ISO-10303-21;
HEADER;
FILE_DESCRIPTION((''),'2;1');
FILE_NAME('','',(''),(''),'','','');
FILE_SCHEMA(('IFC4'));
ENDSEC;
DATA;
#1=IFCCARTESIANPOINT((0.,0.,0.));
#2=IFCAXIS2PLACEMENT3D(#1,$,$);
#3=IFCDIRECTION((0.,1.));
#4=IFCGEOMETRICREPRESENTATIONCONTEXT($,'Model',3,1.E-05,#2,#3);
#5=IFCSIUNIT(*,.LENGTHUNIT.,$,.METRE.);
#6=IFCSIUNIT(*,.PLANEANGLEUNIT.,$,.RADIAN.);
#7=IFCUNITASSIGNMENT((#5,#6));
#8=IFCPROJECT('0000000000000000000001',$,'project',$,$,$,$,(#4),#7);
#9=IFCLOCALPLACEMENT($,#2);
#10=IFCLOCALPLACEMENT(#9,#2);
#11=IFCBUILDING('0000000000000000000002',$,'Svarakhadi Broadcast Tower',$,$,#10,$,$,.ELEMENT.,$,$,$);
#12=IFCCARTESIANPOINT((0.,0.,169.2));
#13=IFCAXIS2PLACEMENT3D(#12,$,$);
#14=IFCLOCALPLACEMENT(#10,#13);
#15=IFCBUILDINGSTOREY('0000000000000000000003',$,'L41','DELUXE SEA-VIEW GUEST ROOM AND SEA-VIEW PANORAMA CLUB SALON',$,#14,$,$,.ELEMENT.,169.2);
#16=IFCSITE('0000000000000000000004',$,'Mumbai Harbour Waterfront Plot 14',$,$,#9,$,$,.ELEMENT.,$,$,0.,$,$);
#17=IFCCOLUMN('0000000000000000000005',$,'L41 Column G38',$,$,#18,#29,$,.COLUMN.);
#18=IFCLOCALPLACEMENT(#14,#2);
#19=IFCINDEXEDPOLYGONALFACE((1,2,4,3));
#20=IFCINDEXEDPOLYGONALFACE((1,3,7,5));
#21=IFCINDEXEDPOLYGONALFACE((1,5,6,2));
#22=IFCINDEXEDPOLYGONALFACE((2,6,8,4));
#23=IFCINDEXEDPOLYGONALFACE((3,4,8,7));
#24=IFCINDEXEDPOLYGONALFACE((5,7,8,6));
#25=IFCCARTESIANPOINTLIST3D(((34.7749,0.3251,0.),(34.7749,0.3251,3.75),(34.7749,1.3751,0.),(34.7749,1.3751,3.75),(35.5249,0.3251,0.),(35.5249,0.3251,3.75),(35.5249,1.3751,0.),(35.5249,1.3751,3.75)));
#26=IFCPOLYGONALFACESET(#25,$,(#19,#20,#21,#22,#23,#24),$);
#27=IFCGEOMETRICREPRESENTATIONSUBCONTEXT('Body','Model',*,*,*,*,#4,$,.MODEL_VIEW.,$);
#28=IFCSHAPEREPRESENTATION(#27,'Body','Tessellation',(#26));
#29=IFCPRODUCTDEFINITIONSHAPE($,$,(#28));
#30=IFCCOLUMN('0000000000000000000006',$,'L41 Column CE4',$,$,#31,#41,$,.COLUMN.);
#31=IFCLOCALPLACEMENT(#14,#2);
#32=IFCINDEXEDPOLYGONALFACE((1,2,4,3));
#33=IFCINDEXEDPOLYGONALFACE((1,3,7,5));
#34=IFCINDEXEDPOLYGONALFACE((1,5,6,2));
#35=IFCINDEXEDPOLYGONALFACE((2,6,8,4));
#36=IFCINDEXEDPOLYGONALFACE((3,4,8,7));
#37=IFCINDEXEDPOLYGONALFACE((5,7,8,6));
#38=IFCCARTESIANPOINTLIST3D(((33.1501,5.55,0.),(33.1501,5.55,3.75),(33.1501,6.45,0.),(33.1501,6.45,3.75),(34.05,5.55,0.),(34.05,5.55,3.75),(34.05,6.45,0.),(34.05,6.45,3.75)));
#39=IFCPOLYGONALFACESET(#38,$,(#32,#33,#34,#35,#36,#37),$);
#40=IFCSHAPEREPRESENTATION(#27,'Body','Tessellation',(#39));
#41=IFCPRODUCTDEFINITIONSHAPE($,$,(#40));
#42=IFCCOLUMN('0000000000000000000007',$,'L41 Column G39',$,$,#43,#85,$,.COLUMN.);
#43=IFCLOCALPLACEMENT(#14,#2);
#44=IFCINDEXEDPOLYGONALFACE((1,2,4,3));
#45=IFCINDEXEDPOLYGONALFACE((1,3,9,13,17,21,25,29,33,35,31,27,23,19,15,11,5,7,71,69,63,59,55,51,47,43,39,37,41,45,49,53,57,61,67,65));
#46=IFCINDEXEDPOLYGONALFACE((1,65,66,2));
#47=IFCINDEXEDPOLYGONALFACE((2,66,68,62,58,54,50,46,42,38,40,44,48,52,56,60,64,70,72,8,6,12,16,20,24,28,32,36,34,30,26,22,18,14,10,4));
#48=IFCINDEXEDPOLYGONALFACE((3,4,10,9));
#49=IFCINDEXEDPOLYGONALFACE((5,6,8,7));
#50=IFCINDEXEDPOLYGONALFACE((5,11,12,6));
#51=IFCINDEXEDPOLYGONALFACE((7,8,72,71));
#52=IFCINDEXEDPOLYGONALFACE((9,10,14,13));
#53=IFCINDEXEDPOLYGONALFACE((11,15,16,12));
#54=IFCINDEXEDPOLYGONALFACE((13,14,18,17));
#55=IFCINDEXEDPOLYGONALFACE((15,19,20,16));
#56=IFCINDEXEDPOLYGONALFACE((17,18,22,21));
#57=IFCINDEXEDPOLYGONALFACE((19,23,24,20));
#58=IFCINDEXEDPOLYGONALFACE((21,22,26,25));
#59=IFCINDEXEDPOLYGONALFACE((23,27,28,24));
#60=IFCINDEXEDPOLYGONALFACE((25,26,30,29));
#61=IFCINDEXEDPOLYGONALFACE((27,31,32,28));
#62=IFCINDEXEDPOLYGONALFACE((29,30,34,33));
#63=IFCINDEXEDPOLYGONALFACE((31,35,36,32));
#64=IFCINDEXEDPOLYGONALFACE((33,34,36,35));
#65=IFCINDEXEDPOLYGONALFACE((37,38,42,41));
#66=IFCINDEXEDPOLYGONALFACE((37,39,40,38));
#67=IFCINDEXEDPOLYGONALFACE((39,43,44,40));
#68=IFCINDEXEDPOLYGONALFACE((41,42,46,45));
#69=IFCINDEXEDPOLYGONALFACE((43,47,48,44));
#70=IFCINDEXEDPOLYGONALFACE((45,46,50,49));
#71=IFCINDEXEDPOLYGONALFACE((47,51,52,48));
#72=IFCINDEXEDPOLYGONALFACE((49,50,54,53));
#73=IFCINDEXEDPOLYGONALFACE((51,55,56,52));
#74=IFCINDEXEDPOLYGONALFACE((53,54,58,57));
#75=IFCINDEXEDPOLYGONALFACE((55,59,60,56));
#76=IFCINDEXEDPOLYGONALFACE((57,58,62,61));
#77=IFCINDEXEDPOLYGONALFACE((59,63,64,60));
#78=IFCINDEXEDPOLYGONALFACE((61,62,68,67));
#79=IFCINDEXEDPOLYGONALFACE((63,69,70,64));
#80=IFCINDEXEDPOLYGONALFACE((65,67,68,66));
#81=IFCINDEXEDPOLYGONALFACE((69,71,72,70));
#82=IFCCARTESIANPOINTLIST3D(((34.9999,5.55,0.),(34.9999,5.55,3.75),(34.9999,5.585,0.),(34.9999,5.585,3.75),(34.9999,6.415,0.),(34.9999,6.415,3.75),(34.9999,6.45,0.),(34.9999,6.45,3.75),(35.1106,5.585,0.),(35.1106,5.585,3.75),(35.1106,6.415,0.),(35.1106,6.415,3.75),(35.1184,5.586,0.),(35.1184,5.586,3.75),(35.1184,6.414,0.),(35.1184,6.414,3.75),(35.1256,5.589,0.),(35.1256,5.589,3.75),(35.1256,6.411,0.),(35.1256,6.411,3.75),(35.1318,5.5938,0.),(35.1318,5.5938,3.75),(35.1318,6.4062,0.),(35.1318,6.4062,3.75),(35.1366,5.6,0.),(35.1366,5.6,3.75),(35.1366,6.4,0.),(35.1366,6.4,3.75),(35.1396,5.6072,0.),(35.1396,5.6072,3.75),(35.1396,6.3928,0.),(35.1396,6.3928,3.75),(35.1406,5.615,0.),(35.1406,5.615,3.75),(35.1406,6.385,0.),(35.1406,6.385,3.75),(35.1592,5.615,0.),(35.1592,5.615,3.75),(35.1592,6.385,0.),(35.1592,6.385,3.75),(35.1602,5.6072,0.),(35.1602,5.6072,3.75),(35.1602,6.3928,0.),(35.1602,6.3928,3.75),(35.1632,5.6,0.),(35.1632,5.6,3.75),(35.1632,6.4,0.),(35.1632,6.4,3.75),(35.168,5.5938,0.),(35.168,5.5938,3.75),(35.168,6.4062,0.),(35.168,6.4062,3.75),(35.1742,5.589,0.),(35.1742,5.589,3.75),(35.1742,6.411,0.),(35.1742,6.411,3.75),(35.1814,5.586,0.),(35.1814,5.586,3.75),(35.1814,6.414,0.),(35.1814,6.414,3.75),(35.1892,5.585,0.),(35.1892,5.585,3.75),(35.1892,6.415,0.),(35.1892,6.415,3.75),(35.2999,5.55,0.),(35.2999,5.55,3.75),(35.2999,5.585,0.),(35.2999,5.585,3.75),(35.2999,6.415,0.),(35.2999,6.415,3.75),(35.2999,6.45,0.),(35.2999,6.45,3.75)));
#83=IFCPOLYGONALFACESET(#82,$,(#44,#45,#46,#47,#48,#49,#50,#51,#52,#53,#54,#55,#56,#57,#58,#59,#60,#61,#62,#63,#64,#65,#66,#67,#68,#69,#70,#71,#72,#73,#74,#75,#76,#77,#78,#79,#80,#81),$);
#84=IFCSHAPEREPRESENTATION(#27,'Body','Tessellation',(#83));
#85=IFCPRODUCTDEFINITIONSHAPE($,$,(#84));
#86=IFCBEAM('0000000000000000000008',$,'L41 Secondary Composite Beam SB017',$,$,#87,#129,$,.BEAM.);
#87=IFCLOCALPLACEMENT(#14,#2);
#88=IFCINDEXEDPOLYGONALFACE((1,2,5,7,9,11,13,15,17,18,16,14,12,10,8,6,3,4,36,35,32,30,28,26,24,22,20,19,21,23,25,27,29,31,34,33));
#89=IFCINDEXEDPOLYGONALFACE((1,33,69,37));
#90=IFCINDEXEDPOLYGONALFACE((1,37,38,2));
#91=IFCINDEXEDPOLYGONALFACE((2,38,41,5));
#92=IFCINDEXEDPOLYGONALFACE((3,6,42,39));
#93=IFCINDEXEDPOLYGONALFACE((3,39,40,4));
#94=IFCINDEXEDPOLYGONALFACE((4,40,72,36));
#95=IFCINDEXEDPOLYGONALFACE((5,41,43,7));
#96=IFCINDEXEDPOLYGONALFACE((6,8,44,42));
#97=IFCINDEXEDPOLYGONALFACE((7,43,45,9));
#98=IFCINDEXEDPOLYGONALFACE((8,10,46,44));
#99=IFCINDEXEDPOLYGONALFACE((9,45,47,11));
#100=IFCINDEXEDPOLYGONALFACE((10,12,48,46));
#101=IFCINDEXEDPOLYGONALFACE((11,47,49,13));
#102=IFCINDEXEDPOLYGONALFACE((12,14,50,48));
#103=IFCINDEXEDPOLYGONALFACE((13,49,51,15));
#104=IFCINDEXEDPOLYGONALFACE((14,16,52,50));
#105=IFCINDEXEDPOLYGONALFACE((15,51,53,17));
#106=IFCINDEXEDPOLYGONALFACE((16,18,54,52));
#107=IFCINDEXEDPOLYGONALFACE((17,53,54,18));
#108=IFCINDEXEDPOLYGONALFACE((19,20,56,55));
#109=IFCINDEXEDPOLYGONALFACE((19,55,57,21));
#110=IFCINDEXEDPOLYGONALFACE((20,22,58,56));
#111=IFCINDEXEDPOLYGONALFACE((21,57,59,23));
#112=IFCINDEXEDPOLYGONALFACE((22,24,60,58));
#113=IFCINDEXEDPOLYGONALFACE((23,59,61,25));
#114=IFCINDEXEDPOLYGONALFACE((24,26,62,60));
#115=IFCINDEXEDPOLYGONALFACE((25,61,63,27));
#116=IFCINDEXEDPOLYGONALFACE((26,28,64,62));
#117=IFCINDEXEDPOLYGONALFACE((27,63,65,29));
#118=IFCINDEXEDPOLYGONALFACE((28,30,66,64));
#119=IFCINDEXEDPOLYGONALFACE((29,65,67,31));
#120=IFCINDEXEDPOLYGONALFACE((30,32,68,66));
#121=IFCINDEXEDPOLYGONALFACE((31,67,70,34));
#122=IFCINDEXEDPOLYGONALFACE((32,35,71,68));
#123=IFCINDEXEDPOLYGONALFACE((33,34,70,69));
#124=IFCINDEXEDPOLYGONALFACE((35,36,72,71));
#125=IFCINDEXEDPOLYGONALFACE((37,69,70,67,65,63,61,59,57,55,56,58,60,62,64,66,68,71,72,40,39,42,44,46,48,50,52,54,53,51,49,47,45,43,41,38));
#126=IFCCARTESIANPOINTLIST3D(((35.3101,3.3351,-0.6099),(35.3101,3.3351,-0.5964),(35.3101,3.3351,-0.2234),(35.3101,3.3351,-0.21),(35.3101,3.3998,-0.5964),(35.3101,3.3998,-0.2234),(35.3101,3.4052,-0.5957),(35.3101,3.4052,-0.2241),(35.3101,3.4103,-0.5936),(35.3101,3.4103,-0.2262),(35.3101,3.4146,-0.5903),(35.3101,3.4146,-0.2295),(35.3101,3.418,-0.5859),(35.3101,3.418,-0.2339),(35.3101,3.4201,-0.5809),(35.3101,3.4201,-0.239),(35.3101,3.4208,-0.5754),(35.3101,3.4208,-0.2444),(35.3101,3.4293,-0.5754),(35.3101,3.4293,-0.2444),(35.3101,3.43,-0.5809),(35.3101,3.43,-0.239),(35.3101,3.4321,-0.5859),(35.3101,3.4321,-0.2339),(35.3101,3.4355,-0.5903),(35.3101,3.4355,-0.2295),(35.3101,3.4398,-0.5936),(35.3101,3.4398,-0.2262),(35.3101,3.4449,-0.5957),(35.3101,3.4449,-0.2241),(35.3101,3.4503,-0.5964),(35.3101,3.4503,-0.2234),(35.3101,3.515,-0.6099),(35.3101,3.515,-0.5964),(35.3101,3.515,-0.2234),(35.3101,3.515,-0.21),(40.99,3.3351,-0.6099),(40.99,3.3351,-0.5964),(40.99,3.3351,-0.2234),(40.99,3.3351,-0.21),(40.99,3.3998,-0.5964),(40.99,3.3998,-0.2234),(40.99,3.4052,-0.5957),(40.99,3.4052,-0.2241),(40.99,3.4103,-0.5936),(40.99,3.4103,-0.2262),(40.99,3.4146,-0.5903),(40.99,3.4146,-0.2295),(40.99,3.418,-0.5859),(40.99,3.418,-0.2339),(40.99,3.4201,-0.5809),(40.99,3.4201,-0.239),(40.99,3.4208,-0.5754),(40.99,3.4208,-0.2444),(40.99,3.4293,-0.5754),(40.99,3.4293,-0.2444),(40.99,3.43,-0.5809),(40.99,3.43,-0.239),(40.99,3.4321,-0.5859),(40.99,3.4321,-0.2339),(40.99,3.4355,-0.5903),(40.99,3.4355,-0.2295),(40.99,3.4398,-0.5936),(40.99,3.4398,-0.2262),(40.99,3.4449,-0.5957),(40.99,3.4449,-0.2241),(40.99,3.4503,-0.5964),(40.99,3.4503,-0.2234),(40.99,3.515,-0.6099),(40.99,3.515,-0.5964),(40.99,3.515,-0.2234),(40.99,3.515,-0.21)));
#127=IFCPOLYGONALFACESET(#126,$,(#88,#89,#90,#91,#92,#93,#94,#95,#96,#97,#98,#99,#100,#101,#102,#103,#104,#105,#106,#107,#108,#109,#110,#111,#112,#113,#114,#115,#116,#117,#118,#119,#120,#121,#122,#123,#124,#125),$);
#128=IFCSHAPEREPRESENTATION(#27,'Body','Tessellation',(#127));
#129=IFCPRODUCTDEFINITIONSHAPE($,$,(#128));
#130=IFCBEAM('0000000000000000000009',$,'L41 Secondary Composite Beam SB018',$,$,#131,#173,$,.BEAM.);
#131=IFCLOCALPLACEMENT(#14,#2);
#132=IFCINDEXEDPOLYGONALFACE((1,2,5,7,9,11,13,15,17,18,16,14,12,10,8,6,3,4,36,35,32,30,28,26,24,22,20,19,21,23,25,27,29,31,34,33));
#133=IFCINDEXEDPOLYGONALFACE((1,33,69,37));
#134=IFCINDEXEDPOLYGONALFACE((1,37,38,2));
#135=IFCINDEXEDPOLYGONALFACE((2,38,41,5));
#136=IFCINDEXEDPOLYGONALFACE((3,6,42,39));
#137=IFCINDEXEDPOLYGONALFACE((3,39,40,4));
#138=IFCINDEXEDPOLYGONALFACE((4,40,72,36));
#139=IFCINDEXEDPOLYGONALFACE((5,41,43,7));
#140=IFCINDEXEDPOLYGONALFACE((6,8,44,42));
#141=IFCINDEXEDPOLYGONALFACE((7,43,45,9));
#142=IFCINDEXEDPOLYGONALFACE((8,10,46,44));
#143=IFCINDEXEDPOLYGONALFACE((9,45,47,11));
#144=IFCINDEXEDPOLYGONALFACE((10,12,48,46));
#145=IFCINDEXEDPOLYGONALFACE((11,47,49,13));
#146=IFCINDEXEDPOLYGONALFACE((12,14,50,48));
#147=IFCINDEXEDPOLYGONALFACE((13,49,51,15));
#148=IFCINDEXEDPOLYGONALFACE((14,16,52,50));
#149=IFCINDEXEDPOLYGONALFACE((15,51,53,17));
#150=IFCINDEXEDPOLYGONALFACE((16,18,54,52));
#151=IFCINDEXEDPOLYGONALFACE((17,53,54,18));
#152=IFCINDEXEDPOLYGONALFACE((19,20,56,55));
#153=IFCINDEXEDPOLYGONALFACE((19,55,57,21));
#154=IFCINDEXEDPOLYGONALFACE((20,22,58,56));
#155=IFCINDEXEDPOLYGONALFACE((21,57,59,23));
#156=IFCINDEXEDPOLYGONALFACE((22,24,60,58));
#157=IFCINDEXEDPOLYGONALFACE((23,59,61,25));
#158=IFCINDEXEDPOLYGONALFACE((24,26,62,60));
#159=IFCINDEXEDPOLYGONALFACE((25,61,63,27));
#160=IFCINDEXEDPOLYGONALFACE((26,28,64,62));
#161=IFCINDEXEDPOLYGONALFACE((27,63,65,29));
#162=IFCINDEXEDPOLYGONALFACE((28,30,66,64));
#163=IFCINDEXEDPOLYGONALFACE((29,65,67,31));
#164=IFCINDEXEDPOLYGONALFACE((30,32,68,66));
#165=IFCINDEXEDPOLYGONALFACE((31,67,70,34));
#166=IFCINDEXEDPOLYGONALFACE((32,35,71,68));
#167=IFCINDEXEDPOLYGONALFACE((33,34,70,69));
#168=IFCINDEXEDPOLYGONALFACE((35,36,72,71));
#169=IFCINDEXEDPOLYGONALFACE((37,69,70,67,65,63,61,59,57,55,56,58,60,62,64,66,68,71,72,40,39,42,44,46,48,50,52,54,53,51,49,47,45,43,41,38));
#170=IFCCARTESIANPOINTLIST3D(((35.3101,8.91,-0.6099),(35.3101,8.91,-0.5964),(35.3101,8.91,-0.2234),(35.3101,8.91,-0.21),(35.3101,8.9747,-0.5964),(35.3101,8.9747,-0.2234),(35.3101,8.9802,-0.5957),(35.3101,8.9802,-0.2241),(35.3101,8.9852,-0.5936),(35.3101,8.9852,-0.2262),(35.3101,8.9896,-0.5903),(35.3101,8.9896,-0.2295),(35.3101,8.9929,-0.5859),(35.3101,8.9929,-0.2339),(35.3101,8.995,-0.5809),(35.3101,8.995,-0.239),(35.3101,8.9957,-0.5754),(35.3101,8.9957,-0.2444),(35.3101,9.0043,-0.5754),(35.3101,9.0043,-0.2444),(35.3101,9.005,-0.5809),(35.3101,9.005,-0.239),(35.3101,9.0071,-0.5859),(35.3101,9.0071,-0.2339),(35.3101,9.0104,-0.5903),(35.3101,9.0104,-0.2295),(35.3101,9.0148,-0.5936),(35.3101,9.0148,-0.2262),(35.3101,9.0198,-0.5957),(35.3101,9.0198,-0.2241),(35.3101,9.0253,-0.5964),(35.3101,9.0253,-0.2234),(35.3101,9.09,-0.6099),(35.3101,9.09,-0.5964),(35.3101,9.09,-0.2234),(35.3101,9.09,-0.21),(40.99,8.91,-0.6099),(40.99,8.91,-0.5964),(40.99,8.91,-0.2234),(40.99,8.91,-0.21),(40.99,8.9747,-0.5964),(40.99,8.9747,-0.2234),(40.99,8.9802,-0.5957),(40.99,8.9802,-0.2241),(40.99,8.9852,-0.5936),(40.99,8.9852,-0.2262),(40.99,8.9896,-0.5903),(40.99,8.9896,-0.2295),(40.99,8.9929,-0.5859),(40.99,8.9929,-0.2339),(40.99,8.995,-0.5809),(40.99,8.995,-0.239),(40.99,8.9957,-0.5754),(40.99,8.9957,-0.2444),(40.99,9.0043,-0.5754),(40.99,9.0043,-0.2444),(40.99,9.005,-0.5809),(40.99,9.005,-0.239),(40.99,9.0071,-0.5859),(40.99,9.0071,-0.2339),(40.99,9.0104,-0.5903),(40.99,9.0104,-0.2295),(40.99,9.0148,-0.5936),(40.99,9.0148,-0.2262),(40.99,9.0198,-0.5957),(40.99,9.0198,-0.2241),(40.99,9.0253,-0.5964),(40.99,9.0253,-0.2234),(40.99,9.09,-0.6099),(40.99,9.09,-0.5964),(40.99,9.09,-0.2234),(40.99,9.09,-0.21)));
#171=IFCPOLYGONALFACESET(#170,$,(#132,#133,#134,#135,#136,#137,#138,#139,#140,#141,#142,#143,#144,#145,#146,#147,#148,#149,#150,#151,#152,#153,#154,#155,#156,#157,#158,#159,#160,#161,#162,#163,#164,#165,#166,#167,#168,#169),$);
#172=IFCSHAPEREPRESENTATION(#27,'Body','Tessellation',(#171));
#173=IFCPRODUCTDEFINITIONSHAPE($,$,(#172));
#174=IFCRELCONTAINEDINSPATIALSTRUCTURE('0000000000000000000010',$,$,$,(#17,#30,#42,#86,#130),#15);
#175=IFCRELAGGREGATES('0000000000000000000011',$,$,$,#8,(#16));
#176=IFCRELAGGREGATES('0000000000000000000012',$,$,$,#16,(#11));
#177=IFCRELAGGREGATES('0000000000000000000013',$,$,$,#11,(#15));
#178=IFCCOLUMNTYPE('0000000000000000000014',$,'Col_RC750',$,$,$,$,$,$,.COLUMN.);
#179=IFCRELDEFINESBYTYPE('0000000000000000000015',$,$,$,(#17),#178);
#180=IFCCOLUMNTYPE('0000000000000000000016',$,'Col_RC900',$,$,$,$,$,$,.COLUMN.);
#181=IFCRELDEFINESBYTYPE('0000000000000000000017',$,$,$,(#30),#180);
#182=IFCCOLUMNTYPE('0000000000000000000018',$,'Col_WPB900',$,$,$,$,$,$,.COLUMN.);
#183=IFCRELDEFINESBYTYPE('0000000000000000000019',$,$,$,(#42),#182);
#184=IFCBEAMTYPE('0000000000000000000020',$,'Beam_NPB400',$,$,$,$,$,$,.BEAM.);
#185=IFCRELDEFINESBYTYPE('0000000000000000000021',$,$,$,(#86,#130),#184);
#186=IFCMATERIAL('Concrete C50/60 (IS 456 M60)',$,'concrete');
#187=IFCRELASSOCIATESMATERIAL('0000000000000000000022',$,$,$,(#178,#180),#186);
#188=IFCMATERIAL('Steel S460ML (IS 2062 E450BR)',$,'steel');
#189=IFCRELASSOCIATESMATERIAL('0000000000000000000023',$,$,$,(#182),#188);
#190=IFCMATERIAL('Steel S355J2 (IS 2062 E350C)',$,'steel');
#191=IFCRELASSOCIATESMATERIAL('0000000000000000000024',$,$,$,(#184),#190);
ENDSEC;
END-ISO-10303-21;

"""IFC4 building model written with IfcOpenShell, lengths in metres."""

from ifc_helpers import new_model, si_unit, direction, frame, origin, origin_2d, place, context, subcontext, project, spatial, rectangle, i_section, extrude, material, material_profile, profile_set, type_object, element, save


model = new_model("IFC4")

# Units and contexts
model_context = context("Model", 3, precision=1e-05, world=origin(), true_north=direction((0.0, 1.0)))
body_context = subcontext(model_context, "Body", "Model", "MODEL_VIEW")
ifc_project = project(units=[si_unit("LENGTHUNIT", "METRE"), si_unit("PLANEANGLEUNIT", "RADIAN")], contexts=[model_context])

# Site, building, storey
site_placement = place(None, origin())
site = spatial("IfcSite", under=ifc_project, at=site_placement, Name="Mumbai Harbour Waterfront Plot 14", CompositionType="ELEMENT", RefElevation=0.0)
building_placement = place(site_placement, origin())
building = spatial("IfcBuilding", under=site, at=building_placement, Name="Svarakhadi Broadcast Tower", CompositionType="ELEMENT")
storey_placement = place(building_placement, frame((0.0, 0.0, 169.2)))
storey = spatial("IfcBuildingStorey", under=building, at=storey_placement, Name="L41", Description="DELUXE SEA-VIEW GUEST ROOM AND SEA-VIEW PANORAMA CLUB SALON", CompositionType="ELEMENT", Elevation=169.2)

# Columns
ifc_material_1 = material(Name="Concrete C50/60 (IS 456 M60)", Category="concrete")
ifc_material_profile_1 = material_profile(ifc_material_1, rectangle(XDim=0.75, YDim=1.05, at=origin_2d()), Name="RC 750x1050")
ifc_profile_set_1 = profile_set([ifc_material_profile_1], Name="Concrete C50/60 (IS 456 M60)")
column_type_1 = type_object("IfcColumnType", Name="Col_RC750", PredefinedType="COLUMN", material=ifc_profile_set_1)
column_1_placement = place(storey_placement, frame((35.1499, 0.8501, 0.0), z_axis=(0.0, 0.0, 1.0), x_axis=(1.0, 0.0, 0.0)))
element("IfcColumn", 1, at=column_1_placement, inside=storey, type_object=column_type_1, Name="L41 Column G38", PredefinedType="COLUMN", context=body_context, shape_type="SweptSolid", body=[
    extrude(rectangle(XDim=0.75, YDim=1.05, at=origin_2d()), origin(), (0.0, 0.0, 1.0), 3.75),
])
ifc_material_profile_2 = material_profile(ifc_material_1, rectangle(XDim=0.8999, YDim=0.8999, at=origin_2d()), Name="RC 900x900")
ifc_profile_set_2 = profile_set([ifc_material_profile_2], Name="Concrete C50/60 (IS 456 M60)")
column_type_2 = type_object("IfcColumnType", Name="Col_RC900", PredefinedType="COLUMN", material=ifc_profile_set_2)
column_2_placement = place(storey_placement, frame((33.6001, 6.0, 0.0), z_axis=(0.0, 0.0, 1.0), x_axis=(1.0, 0.0, 0.0)))
element("IfcColumn", 2, at=column_2_placement, inside=storey, type_object=column_type_2, Name="L41 Column CE4", PredefinedType="COLUMN", context=body_context, shape_type="SweptSolid", body=[
    extrude(rectangle(XDim=0.8999, YDim=0.8999, at=origin_2d()), origin(), (0.0, 0.0, 1.0), 3.75),
])
ifc_material_2 = material(Name="Steel S460ML (IS 2062 E450BR)", Category="steel")
ifc_material_profile_3 = material_profile(ifc_material_2, i_section(OverallWidth=0.3, OverallDepth=0.8999, WebThickness=0.0186, FlangeThickness=0.0349, FilletRadius=0.03, at=origin_2d()), Name="WPB 900x300x291")
ifc_profile_set_3 = profile_set([ifc_material_profile_3], Name="Steel S460ML (IS 2062 E450BR)")
column_type_3 = type_object("IfcColumnType", Name="Col_WPB900", PredefinedType="COLUMN", material=ifc_profile_set_3)
column_3_placement = place(storey_placement, frame((35.1499, 6.0, 0.0), z_axis=(0.0, 0.0, 1.0), x_axis=(1.0, 0.0, 0.0)))
element("IfcColumn", 3, at=column_3_placement, inside=storey, type_object=column_type_3, Name="L41 Column G39", PredefinedType="COLUMN", context=body_context, shape_type="SweptSolid", body=[
    extrude(i_section(OverallWidth=0.3, OverallDepth=0.8999, WebThickness=0.0186, FlangeThickness=0.0349, FilletRadius=0.03, at=origin_2d()), origin(), (0.0, 0.0, 1.0), 3.75),
])

# Beams
ifc_material_3 = material(Name="Steel S355J2 (IS 2062 E350C)", Category="steel")
ifc_material_profile_4 = material_profile(ifc_material_3, i_section(OverallWidth=0.1799, OverallDepth=0.3999, WebThickness=0.0085, FlangeThickness=0.0134, FilletRadius=0.021, at=origin_2d()), Name="NPB 400x180x66")
ifc_profile_set_4 = profile_set([ifc_material_profile_4], Name="Steel S355J2 (IS 2062 E350C)")
beam_type_1 = type_object("IfcBeamType", Name="Beam_NPB400", PredefinedType="BEAM", material=ifc_profile_set_4)
for number, where, z_axis, x_axis, name in (
    (4, (35.3101, 3.425, -0.4099), (1.0, 0.0, 0.0), (0.0, 1.0, 0.0), "L41 Secondary Composite Beam SB017"),
    (5, (35.3101, 9.0, -0.4099), (1.0, 0.0, 0.0), (0.0, 1.0, 0.0), "L41 Secondary Composite Beam SB018"),
):
    element("IfcBeam", number, at=place(storey_placement, frame(where, z_axis=z_axis, x_axis=x_axis)), inside=storey, type_object=beam_type_1, Name=name, PredefinedType="BEAM", context=body_context, shape_type="SweptSolid", body=[
        extrude(i_section(OverallWidth=0.1799, OverallDepth=0.3999, WebThickness=0.0085, FlangeThickness=0.0134, FilletRadius=0.021, at=origin_2d()), origin(), (0.0, 0.0, 1.0), 5.6799),
    ])

save(model, "model.ifc")
